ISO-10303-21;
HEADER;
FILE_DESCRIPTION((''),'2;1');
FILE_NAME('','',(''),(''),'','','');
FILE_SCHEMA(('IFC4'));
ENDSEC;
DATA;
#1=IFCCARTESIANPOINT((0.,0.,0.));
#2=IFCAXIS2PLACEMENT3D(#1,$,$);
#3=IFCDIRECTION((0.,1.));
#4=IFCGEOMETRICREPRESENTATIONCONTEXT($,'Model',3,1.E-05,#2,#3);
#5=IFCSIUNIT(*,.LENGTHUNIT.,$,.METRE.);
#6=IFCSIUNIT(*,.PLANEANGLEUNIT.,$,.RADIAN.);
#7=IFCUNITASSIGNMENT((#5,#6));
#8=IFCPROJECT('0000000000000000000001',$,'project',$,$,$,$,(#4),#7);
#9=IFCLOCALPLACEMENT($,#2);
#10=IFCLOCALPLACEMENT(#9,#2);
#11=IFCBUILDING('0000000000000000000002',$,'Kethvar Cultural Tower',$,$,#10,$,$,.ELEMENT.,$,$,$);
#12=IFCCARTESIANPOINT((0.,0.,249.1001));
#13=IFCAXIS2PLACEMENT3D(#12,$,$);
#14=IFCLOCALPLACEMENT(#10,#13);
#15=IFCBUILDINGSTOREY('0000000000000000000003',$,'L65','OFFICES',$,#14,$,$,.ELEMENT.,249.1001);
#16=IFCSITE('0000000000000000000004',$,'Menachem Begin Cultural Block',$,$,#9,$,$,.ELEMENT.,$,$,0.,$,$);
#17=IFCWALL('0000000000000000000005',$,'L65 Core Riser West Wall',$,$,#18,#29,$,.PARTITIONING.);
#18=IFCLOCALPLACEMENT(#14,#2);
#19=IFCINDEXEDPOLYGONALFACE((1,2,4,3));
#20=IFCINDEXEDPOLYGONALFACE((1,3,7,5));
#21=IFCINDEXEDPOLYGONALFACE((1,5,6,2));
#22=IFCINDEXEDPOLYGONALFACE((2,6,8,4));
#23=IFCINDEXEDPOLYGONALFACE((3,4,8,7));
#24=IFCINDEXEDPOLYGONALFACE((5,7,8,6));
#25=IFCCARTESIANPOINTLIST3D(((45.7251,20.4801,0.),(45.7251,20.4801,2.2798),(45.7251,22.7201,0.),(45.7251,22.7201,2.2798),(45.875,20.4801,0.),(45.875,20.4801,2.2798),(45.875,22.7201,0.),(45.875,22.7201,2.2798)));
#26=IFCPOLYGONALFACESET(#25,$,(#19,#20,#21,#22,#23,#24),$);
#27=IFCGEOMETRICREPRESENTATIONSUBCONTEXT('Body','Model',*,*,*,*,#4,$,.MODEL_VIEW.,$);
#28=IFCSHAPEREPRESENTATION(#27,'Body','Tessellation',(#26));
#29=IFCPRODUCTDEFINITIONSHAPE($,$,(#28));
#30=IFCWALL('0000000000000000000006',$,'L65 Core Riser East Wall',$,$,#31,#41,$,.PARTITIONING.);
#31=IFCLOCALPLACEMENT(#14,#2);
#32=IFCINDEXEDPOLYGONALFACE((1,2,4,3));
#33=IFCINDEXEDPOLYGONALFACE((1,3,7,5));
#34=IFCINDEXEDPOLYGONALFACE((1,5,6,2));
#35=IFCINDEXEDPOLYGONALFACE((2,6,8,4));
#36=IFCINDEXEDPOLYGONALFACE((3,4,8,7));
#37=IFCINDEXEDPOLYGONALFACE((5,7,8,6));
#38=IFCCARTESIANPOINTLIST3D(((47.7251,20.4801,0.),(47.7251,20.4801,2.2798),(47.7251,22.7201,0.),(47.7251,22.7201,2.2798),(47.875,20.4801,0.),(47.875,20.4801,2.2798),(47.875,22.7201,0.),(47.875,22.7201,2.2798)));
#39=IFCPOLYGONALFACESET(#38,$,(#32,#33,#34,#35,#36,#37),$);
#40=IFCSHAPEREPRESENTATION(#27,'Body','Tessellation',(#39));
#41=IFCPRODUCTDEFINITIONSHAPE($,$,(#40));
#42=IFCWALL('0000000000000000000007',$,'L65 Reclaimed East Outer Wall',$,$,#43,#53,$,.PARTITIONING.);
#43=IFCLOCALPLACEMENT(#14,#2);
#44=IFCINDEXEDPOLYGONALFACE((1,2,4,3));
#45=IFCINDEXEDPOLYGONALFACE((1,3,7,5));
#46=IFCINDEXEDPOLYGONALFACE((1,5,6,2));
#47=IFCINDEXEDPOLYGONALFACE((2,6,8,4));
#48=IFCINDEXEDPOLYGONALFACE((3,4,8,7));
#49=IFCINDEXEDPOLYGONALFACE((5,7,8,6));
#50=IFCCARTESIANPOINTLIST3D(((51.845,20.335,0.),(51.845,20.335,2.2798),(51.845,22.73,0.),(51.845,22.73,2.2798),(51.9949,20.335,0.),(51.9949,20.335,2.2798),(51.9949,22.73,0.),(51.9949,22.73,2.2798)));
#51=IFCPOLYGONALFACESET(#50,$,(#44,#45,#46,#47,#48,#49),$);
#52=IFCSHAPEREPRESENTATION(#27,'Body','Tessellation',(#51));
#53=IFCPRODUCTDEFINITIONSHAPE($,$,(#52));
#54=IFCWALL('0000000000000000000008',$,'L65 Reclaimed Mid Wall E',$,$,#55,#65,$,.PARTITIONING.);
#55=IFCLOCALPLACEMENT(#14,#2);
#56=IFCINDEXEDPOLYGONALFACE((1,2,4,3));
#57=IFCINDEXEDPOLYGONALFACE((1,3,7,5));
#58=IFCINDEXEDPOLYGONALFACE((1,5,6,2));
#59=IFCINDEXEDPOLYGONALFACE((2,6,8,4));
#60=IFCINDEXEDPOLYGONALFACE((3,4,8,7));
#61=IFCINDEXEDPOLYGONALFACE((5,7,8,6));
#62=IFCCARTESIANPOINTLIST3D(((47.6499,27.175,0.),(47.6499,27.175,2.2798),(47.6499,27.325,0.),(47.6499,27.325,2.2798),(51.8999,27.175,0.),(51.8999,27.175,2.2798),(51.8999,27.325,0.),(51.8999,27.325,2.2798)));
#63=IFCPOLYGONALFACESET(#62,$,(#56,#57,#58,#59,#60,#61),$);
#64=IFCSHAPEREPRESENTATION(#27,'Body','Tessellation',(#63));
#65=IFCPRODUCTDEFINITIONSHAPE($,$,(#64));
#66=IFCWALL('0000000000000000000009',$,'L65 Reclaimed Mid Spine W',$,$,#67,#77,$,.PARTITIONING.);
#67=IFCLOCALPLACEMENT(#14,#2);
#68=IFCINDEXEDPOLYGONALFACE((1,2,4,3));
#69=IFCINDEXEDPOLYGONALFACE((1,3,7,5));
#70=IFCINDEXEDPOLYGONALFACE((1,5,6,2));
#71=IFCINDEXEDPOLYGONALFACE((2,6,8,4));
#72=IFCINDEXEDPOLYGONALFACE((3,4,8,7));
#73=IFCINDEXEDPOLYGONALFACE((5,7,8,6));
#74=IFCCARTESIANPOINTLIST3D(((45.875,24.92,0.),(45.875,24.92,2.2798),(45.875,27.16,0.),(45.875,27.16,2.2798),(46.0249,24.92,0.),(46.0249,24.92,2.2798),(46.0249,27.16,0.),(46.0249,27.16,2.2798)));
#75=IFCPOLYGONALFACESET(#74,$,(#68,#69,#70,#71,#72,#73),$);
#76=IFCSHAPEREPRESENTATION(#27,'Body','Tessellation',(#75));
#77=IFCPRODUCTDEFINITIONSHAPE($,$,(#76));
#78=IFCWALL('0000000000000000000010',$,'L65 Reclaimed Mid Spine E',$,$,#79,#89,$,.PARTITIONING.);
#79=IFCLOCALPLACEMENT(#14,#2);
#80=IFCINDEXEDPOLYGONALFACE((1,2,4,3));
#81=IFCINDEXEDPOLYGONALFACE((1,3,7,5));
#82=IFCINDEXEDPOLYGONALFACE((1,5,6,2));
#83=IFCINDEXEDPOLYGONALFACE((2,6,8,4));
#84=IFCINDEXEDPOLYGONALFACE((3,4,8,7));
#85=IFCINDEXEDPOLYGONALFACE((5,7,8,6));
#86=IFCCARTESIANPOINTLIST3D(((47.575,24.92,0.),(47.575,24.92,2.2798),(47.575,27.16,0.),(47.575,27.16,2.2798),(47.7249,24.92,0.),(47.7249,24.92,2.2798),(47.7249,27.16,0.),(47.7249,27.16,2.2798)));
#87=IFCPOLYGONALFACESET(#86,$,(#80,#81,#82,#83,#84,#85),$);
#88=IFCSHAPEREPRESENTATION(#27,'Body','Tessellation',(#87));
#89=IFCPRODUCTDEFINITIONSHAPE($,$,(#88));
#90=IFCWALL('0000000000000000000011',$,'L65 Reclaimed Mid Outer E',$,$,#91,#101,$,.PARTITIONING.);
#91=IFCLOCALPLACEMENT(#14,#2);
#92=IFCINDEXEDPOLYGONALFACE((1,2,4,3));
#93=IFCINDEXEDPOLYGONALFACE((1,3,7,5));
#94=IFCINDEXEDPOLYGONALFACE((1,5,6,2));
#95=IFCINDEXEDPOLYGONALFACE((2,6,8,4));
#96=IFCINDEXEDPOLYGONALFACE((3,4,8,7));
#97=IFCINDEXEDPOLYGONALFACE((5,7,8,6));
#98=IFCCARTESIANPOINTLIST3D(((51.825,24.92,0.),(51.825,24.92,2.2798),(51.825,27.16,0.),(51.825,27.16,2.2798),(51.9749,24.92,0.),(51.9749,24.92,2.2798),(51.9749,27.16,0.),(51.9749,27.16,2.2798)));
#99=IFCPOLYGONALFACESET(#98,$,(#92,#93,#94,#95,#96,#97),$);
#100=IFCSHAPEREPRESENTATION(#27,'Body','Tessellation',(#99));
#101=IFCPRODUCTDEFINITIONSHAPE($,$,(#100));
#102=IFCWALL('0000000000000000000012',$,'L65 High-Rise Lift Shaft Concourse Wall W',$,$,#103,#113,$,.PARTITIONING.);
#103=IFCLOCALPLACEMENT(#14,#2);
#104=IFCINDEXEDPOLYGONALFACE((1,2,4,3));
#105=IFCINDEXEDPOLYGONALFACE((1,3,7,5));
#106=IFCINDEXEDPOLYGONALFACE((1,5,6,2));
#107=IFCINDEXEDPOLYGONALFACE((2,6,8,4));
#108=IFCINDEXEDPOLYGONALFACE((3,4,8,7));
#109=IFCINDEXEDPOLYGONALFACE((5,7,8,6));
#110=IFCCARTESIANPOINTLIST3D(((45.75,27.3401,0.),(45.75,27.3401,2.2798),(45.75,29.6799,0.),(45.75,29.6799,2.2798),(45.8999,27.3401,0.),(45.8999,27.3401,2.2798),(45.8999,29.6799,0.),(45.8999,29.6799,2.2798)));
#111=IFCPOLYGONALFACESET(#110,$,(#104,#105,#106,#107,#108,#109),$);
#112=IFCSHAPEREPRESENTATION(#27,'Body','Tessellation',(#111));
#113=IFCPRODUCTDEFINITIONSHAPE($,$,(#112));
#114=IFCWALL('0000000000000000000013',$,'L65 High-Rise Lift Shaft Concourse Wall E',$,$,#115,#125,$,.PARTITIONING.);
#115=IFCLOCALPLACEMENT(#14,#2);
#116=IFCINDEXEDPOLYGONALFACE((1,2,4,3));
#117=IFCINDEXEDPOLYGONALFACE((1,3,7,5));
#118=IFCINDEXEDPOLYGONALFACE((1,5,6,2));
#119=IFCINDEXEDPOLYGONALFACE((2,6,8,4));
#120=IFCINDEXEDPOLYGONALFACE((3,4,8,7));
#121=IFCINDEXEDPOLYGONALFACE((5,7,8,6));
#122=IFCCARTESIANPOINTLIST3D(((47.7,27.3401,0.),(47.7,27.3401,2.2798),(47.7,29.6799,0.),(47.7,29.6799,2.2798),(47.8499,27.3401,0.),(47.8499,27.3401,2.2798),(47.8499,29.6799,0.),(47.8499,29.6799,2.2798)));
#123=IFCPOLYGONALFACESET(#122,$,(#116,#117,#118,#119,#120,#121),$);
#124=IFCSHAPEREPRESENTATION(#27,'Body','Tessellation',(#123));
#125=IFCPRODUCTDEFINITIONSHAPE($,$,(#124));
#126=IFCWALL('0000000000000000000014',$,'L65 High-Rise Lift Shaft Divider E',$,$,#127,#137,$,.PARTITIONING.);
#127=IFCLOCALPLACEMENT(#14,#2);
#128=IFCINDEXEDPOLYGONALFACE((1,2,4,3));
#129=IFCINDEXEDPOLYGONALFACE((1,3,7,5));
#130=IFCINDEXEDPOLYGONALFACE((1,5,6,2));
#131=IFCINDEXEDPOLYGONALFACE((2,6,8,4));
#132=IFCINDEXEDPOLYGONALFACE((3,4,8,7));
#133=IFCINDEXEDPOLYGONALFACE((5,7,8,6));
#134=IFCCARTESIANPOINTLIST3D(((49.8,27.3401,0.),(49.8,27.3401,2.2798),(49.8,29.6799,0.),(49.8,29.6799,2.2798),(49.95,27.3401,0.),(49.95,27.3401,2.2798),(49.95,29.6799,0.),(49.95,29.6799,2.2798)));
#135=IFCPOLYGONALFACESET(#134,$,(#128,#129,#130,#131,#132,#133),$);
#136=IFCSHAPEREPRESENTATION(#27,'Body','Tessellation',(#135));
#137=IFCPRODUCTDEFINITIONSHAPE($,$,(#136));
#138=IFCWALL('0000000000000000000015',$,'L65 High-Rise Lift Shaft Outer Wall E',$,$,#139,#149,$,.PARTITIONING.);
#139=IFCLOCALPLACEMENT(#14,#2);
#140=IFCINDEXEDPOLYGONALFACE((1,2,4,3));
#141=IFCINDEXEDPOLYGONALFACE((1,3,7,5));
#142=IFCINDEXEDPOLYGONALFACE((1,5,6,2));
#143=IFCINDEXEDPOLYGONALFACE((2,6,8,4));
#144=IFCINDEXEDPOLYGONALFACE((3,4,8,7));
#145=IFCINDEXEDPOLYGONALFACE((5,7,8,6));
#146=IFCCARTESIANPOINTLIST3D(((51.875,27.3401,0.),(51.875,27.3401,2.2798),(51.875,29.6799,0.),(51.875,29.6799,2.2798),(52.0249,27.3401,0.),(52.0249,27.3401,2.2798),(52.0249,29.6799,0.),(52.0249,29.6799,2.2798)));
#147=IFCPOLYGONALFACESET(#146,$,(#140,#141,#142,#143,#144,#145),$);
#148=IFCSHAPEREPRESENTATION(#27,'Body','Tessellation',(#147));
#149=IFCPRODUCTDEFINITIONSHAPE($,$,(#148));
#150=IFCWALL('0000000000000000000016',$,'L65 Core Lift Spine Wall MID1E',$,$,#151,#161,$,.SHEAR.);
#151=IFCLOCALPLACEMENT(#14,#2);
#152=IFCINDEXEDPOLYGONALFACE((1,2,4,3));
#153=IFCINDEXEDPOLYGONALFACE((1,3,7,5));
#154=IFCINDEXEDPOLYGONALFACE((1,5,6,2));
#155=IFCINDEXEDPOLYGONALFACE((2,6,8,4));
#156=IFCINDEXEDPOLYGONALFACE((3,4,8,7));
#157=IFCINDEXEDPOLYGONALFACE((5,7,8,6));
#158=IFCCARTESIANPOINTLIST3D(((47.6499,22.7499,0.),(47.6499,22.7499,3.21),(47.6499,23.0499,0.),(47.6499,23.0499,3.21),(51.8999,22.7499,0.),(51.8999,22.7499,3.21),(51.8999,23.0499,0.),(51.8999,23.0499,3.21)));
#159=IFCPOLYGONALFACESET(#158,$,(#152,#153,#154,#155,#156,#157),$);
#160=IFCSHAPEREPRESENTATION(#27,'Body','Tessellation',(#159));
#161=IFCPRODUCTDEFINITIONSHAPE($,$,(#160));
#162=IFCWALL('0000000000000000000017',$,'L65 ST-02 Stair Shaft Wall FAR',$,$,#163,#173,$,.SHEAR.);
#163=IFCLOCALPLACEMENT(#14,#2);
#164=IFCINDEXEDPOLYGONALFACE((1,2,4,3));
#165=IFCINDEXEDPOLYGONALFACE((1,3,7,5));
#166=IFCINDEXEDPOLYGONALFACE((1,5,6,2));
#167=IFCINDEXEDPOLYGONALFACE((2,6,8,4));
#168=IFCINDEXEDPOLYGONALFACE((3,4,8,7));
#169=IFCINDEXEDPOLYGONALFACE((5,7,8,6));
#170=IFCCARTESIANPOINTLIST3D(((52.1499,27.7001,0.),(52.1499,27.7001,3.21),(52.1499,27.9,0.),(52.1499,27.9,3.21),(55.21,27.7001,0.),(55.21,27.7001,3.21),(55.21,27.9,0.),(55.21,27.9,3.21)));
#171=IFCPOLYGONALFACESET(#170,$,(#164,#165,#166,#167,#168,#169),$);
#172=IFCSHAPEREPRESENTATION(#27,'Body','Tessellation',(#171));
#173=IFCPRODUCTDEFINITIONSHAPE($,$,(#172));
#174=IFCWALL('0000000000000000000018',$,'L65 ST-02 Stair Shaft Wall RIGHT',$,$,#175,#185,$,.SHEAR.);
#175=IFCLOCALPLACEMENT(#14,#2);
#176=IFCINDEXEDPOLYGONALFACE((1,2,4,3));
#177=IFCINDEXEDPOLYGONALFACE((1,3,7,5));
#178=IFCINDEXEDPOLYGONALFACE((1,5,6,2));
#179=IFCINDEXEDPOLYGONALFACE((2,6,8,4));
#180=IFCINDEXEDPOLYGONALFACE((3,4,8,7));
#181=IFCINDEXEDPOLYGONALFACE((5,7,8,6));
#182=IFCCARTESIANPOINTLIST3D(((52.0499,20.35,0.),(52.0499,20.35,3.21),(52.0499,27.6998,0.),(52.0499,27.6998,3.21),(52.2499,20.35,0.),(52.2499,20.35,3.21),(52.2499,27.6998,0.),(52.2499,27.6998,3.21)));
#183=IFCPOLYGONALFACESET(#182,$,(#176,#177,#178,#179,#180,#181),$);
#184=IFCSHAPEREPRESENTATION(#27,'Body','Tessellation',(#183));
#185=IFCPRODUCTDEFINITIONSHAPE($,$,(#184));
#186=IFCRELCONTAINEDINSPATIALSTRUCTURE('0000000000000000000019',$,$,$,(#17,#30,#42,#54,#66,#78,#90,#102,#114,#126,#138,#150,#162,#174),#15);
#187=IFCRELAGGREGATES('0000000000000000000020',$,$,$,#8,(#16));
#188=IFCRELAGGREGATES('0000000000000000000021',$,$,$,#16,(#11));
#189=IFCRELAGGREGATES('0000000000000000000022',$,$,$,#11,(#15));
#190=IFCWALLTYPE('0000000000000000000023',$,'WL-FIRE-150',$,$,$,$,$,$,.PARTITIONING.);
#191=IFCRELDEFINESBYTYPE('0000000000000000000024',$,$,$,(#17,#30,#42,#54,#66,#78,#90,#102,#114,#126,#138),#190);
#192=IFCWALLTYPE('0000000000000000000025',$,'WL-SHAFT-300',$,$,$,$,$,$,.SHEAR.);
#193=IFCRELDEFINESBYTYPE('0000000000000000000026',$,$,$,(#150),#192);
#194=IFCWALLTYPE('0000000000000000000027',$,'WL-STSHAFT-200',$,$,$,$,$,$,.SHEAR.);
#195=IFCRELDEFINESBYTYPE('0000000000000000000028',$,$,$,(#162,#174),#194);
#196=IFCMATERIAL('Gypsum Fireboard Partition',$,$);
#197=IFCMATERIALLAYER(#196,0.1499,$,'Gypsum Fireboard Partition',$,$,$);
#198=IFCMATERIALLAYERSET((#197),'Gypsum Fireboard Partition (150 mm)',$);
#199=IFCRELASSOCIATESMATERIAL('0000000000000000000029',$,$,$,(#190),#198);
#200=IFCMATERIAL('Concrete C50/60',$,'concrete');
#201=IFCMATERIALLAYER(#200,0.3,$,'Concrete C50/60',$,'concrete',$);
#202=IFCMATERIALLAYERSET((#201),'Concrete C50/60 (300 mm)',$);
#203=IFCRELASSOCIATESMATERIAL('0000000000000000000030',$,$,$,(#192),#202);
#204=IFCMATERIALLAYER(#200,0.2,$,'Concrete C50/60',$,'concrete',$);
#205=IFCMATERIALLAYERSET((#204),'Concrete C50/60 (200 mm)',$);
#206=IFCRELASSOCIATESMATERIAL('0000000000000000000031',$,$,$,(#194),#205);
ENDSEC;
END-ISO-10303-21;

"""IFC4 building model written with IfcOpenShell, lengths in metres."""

from ifc_helpers import new_model, si_unit, direction, frame, frame_2d, origin, place, context, subcontext, project, spatial, rectangle, extrude, material, layer, layer_set, type_object, element, save


model = new_model("IFC4")

# Units and contexts
model_context = context("Model", 3, precision=1e-05, world=origin(), true_north=direction((0.0, 1.0)))
body_context = subcontext(model_context, "Body", "Model", "MODEL_VIEW")
ifc_project = project(units=[si_unit("LENGTHUNIT", "METRE"), si_unit("PLANEANGLEUNIT", "RADIAN")], contexts=[model_context])

# Site, building, storey
site_placement = place(None, origin())
site = spatial("IfcSite", under=ifc_project, at=site_placement, Name="Menachem Begin Cultural Block", CompositionType="ELEMENT", RefElevation=0.0)
building_placement = place(site_placement, origin())
building = spatial("IfcBuilding", under=site, at=building_placement, Name="Kethvar Cultural Tower", CompositionType="ELEMENT")
storey_placement = place(building_placement, frame((0.0, 0.0, 249.1001)))
storey = spatial("IfcBuildingStorey", under=building, at=storey_placement, Name="L65", Description="OFFICES", CompositionType="ELEMENT", Elevation=249.1001)

# Walls
ifc_material_1 = material(Name="Gypsum Fireboard Partition")
ifc_layer_1 = layer(ifc_material_1, 0.1499, Name="Gypsum Fireboard Partition")
ifc_layer_set_1 = layer_set([ifc_layer_1], Name="Gypsum Fireboard Partition (150 mm)")
wall_type_1 = type_object("IfcWallType", Name="WL-FIRE-150", PredefinedType="PARTITIONING", material=ifc_layer_set_1)
for number, where, z_axis, x_axis, name in (
    (1, (45.8, 20.48, 0.0), (0.0, 0.0, 1.0), (0.0, 1.0, 0.0), "L65 Core Riser West Wall"),
    (2, (47.8, 20.48, 0.0), (0.0, 0.0, 1.0), (0.0, 1.0, 0.0), "L65 Core Riser East Wall"),
):
    element("IfcWall", number, at=place(storey_placement, frame(where, z_axis=z_axis, x_axis=x_axis)), inside=storey, type_object=wall_type_1, Name=name, PredefinedType="PARTITIONING", context=body_context, shape_type="SweptSolid", body=[
        extrude(rectangle(XDim=2.24, YDim=0.1499, at=frame_2d((1.1201, 0.0))), origin(), (0.0, 0.0, 1.0), 2.2798),
    ])
wall_1_placement = place(storey_placement, frame((51.9199, 20.335, 0.0), z_axis=(0.0, 0.0, 1.0), x_axis=(0.0, 1.0, 0.0)))
element("IfcWall", 3, at=wall_1_placement, inside=storey, type_object=wall_type_1, Name="L65 Reclaimed East Outer Wall", PredefinedType="PARTITIONING", context=body_context, shape_type="SweptSolid", body=[
    extrude(rectangle(XDim=2.395, YDim=0.1499, at=frame_2d((1.1975, 0.0))), origin(), (0.0, 0.0, 1.0), 2.2798),
])
wall_2_placement = place(storey_placement, frame((47.6499, 27.25, 0.0), z_axis=(0.0, 0.0, 1.0), x_axis=(1.0, 0.0, 0.0)))
element("IfcWall", 4, at=wall_2_placement, inside=storey, type_object=wall_type_1, Name="L65 Reclaimed Mid Wall E", PredefinedType="PARTITIONING", context=body_context, shape_type="SweptSolid", body=[
    extrude(rectangle(XDim=4.25, YDim=0.1499, at=frame_2d((2.125, 0.0))), origin(), (0.0, 0.0, 1.0), 2.2798),
])
for number, where, z_axis, x_axis, name in (
    (5, (45.95, 24.9199, 0.0), (0.0, 0.0, 1.0), (0.0, 1.0, 0.0), "L65 Reclaimed Mid Spine W"),
    (6, (47.6499, 24.9199, 0.0), (0.0, 0.0, 1.0), (0.0, 1.0, 0.0), "L65 Reclaimed Mid Spine E"),
    (7, (51.8999, 24.9199, 0.0), (0.0, 0.0, 1.0), (0.0, 1.0, 0.0), "L65 Reclaimed Mid Outer E"),
):
    element("IfcWall", number, at=place(storey_placement, frame(where, z_axis=z_axis, x_axis=x_axis)), inside=storey, type_object=wall_type_1, Name=name, PredefinedType="PARTITIONING", context=body_context, shape_type="SweptSolid", body=[
        extrude(rectangle(XDim=2.24, YDim=0.1499, at=frame_2d((1.1201, 0.0))), origin(), (0.0, 0.0, 1.0), 2.2798),
    ])
for number, where, z_axis, x_axis, name in (
    (8, (45.825, 27.3401, 0.0), (0.0, 0.0, 1.0), (0.0, 1.0, 0.0), "L65 High-Rise Lift Shaft Concourse Wall W"),
    (9, (47.7749, 27.3401, 0.0), (0.0, 0.0, 1.0), (0.0, 1.0, 0.0), "L65 High-Rise Lift Shaft Concourse Wall E"),
    (10, (49.875, 27.3401, 0.0), (0.0, 0.0, 1.0), (0.0, 1.0, 0.0), "L65 High-Rise Lift Shaft Divider E"),
    (11, (51.95, 27.3401, 0.0), (0.0, 0.0, 1.0), (0.0, 1.0, 0.0), "L65 High-Rise Lift Shaft Outer Wall E"),
):
    element("IfcWall", number, at=place(storey_placement, frame(where, z_axis=z_axis, x_axis=x_axis)), inside=storey, type_object=wall_type_1, Name=name, PredefinedType="PARTITIONING", context=body_context, shape_type="SweptSolid", body=[
        extrude(rectangle(XDim=2.3398, YDim=0.1499, at=frame_2d((1.1699, 0.0))), origin(), (0.0, 0.0, 1.0), 2.2798),
    ])
ifc_material_2 = material(Name="Concrete C50/60", Category="concrete")
ifc_layer_2 = layer(ifc_material_2, 0.3, Name="Concrete C50/60", Category="concrete")
ifc_layer_set_2 = layer_set([ifc_layer_2], Name="Concrete C50/60 (300 mm)")
wall_type_2 = type_object("IfcWallType", Name="WL-SHAFT-300", PredefinedType="SHEAR", material=ifc_layer_set_2)
wall_3_placement = place(storey_placement, frame((47.6499, 22.8999, 0.0), z_axis=(0.0, 0.0, 1.0), x_axis=(1.0, 0.0, 0.0)))
element("IfcWall", 12, at=wall_3_placement, inside=storey, type_object=wall_type_2, Name="L65 Core Lift Spine Wall MID1E", PredefinedType="SHEAR", context=body_context, shape_type="SweptSolid", body=[
    extrude(rectangle(XDim=4.25, YDim=0.3, at=frame_2d((2.125, 0.0))), origin(), (0.0, 0.0, 1.0), 3.21),
])

# Walls
ifc_layer_3 = layer(ifc_material_2, 0.2, Name="Concrete C50/60", Category="concrete")
ifc_layer_set_3 = layer_set([ifc_layer_3], Name="Concrete C50/60 (200 mm)")
wall_type_3 = type_object("IfcWallType", Name="WL-STSHAFT-200", PredefinedType="SHEAR", material=ifc_layer_set_3)
wall_4_placement = place(storey_placement, frame((52.1499, 27.8, 0.0), z_axis=(0.0, 0.0, 1.0), x_axis=(1.0, 0.0, 0.0)))
element("IfcWall", 13, at=wall_4_placement, inside=storey, type_object=wall_type_3, Name="L65 ST-02 Stair Shaft Wall FAR", PredefinedType="SHEAR", context=body_context, shape_type="SweptSolid", body=[
    extrude(rectangle(XDim=3.0601, YDim=0.2, at=frame_2d((1.53, 0.0))), origin(), (0.0, 0.0, 1.0), 3.21),
])
wall_5_placement = place(storey_placement, frame((52.1499, 20.3501, 0.0), z_axis=(0.0, 0.0, 1.0), x_axis=(0.0, 1.0, 0.0)))
element("IfcWall", 14, at=wall_5_placement, inside=storey, type_object=wall_type_3, Name="L65 ST-02 Stair Shaft Wall RIGHT", PredefinedType="SHEAR", context=body_context, shape_type="SweptSolid", body=[
    extrude(rectangle(XDim=7.3499, YDim=0.2, at=frame_2d((3.6748, 0.0))), origin(), (0.0, 0.0, 1.0), 3.21),
])

save(model, "model.ifc")
